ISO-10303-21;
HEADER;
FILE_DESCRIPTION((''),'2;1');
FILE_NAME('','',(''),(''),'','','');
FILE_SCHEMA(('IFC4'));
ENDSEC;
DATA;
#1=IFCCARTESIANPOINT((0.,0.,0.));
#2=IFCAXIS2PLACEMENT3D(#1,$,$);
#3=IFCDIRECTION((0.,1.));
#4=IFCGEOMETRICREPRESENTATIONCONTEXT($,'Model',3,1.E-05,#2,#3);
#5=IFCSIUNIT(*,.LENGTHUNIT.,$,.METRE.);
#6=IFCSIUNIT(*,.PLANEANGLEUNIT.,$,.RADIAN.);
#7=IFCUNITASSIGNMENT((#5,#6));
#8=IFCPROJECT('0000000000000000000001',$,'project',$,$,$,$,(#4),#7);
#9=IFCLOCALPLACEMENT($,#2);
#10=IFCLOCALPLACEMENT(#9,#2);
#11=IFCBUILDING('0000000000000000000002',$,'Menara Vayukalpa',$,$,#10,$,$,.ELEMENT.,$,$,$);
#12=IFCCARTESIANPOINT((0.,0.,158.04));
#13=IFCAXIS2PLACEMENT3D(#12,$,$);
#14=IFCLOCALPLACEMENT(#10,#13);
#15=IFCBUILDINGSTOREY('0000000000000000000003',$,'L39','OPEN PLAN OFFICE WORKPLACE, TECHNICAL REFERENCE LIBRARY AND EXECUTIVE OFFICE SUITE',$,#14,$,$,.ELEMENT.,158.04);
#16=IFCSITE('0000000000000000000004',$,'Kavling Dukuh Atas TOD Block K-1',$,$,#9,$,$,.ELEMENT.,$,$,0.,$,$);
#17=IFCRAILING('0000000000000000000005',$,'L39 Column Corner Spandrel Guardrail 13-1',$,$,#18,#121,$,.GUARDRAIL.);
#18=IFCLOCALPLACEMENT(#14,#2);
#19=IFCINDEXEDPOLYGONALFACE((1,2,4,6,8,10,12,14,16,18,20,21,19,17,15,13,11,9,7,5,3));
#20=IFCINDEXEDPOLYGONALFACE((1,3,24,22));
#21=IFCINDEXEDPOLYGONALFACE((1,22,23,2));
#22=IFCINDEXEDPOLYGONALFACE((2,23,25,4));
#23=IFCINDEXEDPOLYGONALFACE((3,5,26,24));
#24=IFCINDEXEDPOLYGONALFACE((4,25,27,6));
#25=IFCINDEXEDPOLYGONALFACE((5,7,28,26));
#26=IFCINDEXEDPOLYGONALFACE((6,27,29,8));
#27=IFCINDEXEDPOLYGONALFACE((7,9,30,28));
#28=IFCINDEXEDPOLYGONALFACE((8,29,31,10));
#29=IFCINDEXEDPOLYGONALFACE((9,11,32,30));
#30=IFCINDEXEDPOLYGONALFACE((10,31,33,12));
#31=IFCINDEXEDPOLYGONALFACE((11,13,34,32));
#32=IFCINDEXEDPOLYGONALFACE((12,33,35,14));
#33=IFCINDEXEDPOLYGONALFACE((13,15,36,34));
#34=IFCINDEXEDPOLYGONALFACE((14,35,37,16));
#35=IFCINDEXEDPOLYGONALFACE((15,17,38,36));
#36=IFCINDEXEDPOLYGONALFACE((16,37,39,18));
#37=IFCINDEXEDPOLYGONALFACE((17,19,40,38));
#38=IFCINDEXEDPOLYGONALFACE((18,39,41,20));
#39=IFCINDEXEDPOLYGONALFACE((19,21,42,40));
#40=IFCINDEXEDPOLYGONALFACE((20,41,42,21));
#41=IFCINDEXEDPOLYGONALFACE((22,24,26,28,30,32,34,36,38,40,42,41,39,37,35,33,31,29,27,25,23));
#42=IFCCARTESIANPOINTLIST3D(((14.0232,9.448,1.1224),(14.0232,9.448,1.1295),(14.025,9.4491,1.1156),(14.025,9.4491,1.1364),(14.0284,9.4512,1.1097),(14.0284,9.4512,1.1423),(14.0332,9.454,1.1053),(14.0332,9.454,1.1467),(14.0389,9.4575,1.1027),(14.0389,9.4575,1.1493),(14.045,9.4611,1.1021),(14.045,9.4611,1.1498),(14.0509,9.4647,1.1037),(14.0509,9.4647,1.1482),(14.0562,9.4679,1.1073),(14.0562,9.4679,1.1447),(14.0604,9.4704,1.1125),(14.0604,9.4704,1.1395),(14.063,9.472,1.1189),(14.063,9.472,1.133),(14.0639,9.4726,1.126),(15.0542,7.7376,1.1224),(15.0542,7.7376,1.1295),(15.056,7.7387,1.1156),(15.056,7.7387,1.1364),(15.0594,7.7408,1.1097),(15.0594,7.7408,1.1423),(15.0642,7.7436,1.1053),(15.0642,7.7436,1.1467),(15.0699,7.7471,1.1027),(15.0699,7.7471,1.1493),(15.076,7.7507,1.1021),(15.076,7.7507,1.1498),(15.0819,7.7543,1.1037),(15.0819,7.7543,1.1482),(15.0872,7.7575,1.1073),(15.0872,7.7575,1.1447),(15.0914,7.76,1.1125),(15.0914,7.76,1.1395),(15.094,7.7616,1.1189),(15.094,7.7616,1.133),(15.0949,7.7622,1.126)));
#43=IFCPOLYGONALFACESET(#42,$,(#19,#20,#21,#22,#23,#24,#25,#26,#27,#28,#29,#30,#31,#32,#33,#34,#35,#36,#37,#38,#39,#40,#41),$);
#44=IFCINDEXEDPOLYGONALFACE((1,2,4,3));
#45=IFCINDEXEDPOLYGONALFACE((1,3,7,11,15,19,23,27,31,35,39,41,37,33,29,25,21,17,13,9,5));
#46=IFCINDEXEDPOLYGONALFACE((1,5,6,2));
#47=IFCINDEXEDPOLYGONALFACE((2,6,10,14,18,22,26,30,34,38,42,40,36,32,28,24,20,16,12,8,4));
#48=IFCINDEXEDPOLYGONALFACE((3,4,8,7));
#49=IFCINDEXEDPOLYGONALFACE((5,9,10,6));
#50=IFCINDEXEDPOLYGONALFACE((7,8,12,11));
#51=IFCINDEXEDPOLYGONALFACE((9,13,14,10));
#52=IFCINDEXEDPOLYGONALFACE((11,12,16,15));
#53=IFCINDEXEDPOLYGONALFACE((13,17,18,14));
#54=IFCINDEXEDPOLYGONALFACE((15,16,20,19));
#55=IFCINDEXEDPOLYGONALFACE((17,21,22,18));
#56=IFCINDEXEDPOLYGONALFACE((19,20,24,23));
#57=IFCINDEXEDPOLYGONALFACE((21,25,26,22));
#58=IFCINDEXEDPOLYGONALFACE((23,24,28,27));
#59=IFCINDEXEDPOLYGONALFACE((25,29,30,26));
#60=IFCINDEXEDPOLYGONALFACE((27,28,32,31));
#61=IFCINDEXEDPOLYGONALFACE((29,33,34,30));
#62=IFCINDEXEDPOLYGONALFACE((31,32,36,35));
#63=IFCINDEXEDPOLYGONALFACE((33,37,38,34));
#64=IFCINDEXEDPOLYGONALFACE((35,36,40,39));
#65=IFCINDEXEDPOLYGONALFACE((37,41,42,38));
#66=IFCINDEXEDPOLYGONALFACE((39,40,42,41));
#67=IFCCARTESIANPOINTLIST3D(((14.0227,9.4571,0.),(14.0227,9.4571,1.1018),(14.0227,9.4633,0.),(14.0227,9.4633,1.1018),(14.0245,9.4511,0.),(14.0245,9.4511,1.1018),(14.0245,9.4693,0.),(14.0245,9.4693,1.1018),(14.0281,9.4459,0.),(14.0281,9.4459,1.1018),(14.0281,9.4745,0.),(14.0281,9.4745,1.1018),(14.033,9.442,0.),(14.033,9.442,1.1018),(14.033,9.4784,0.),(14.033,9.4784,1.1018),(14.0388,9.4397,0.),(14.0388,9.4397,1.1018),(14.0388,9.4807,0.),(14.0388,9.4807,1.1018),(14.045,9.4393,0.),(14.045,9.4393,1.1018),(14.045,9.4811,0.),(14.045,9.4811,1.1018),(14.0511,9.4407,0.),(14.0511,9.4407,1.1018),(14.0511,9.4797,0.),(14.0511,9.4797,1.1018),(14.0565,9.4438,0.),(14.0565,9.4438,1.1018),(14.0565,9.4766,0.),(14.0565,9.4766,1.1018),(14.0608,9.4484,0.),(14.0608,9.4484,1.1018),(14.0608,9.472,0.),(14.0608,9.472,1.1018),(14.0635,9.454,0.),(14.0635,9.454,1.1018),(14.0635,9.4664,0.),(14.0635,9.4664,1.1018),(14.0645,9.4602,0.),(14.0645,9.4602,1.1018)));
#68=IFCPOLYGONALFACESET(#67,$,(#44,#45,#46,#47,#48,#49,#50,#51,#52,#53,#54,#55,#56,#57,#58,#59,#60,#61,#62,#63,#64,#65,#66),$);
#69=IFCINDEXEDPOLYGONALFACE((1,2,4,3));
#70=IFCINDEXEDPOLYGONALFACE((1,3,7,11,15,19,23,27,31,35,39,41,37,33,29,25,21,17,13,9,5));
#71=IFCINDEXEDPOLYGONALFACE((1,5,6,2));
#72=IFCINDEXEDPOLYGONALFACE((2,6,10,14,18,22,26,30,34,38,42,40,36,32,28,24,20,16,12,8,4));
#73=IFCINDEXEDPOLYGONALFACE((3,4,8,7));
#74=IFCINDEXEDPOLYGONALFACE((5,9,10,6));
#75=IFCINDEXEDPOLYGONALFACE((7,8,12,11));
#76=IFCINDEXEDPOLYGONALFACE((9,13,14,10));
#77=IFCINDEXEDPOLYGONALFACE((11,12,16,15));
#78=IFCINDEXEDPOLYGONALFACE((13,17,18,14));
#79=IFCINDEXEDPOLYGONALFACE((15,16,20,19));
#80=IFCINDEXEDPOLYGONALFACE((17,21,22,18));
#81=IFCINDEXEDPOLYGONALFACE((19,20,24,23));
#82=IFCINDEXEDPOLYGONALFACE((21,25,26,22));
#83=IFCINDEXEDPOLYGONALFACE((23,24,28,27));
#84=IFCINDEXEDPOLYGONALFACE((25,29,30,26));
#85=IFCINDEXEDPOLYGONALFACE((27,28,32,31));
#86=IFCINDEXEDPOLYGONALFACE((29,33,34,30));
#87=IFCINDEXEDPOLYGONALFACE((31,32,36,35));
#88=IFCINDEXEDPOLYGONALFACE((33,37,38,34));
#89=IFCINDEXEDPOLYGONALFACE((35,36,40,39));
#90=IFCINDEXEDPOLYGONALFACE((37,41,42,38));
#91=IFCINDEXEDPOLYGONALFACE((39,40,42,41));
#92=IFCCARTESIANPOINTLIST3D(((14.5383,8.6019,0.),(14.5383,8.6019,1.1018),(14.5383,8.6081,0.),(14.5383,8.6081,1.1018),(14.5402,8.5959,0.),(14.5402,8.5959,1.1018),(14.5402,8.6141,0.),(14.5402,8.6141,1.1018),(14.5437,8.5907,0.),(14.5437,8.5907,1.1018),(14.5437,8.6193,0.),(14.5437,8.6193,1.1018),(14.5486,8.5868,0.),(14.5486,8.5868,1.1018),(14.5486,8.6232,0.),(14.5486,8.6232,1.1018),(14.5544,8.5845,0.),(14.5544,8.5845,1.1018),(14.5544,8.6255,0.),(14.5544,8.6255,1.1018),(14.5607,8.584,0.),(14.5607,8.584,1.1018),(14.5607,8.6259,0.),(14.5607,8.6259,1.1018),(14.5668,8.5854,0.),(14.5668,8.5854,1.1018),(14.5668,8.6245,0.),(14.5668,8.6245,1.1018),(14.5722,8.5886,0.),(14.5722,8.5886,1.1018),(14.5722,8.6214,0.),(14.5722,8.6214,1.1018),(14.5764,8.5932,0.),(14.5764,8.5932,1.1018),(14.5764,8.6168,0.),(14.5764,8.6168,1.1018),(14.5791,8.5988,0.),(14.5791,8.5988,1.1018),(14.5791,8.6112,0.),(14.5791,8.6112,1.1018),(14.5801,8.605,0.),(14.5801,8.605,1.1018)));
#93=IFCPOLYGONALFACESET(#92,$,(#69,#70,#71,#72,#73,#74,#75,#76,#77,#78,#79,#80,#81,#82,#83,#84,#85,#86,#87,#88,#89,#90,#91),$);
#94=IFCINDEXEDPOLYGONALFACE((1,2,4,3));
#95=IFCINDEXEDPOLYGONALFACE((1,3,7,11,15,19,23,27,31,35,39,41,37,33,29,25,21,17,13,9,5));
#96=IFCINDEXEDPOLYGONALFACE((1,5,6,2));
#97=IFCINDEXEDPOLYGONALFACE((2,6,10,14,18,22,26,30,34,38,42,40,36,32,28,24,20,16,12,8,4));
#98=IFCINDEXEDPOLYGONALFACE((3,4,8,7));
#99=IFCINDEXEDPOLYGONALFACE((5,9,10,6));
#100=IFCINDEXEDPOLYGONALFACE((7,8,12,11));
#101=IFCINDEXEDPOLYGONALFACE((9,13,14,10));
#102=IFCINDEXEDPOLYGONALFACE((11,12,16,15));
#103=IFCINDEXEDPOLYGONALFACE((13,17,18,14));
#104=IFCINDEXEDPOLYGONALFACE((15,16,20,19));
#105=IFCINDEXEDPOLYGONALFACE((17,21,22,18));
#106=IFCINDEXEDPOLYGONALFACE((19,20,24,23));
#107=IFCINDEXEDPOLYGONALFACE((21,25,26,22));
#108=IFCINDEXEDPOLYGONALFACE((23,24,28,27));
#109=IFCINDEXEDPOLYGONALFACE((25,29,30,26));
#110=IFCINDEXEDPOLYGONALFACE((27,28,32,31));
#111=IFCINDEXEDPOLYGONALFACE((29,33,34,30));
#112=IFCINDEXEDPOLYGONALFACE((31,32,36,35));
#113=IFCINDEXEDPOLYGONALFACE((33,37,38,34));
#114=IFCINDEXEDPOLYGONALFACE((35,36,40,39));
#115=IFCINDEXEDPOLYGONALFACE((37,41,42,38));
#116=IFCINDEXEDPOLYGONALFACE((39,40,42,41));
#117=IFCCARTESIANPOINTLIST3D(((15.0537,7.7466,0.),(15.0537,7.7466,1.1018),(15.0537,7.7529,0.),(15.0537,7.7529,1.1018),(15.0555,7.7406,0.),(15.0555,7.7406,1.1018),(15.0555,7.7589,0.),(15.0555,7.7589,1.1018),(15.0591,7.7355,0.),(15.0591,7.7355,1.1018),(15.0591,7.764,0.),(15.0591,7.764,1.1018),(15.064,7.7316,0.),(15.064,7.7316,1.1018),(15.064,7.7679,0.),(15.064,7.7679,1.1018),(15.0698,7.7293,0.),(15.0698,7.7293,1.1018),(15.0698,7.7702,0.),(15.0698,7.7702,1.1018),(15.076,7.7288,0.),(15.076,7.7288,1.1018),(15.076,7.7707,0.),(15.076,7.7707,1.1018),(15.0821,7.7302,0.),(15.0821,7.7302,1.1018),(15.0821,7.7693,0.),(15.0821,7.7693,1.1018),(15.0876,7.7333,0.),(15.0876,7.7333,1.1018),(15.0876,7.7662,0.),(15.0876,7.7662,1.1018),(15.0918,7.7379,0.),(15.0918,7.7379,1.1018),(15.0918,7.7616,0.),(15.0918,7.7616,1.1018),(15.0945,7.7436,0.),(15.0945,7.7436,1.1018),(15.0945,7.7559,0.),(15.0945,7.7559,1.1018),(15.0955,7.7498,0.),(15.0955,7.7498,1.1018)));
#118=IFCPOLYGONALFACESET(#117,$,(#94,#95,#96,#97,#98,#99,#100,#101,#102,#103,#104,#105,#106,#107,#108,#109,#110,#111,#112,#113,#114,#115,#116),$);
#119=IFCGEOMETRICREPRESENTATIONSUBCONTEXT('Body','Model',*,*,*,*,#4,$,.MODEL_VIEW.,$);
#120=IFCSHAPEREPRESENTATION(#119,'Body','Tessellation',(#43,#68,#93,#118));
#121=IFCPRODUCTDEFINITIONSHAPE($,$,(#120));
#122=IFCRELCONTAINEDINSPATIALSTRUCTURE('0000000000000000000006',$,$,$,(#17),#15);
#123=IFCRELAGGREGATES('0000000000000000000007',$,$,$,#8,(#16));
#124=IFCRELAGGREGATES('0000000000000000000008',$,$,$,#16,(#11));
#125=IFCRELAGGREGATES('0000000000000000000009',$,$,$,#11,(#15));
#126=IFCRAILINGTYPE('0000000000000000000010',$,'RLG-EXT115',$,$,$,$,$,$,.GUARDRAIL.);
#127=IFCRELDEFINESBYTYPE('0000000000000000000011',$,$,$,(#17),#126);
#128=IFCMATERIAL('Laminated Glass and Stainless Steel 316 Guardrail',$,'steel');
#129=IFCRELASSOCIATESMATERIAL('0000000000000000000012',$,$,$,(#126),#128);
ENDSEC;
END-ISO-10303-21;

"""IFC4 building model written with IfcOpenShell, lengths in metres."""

from ifc_helpers import new_model, si_unit, direction, frame, origin, origin_2d, place, context, subcontext, project, spatial, circle, extrude, material, type_object, element, save


model = new_model("IFC4")

# Units and contexts
model_context = context("Model", 3, precision=1e-05, world=origin(), true_north=direction((0.0, 1.0)))
body_context = subcontext(model_context, "Body", "Model", "MODEL_VIEW")
ifc_project = project(units=[si_unit("LENGTHUNIT", "METRE"), si_unit("PLANEANGLEUNIT", "RADIAN")], contexts=[model_context])

# Site, building, storey
site_placement = place(None, origin())
site = spatial("IfcSite", under=ifc_project, at=site_placement, Name="Kavling Dukuh Atas TOD Block K-1", CompositionType="ELEMENT", RefElevation=0.0)
building_placement = place(site_placement, origin())
building = spatial("IfcBuilding", under=site, at=building_placement, Name="Menara Vayukalpa", CompositionType="ELEMENT")
storey_placement = place(building_placement, frame((0.0, 0.0, 158.04)))
storey = spatial("IfcBuildingStorey", under=building, at=storey_placement, Name="L39", Description="OPEN PLAN OFFICE WORKPLACE, TECHNICAL REFERENCE LIBRARY AND EXECUTIVE OFFICE SUITE", CompositionType="ELEMENT", Elevation=158.04)

# Railing
ifc_material_1 = material(Name="Laminated Glass and Stainless Steel 316 Guardrail", Category="steel")
railing_type = type_object("IfcRailingType", Name="RLG-EXT115", PredefinedType="GUARDRAIL", material=ifc_material_1)
railing_1_placement = place(storey_placement, frame((14.0435, 9.4602, 0.0)))
element("IfcRailing", 1, at=railing_1_placement, inside=storey, type_object=railing_type, Name="L39 Column Corner Spandrel Guardrail 13-1", PredefinedType="GUARDRAIL", context=body_context, shape_type="SweptSolid", body=[
    extrude(circle(Radius=0.0239, at=origin_2d()), frame((0.0, 0.0, 1.126), z_axis=(0.516238, -0.856445, 0.0), x_axis=(0.856445, 0.516238, 0.0)), (0.0, 0.0, 1.0), 1.9971),
    extrude(circle(Radius=0.021, at=origin_2d()), origin(), (0.0, 0.0, 1.0), 1.1018),
    extrude(circle(Radius=0.021, at=origin_2d()), frame((0.5156, -0.8552, 0.0)), (0.0, 0.0, 1.0), 1.1018),
    extrude(circle(Radius=0.021, at=origin_2d()), frame((1.031, -1.7104, 0.0)), (0.0, 0.0, 1.0), 1.1018),
])

save(model, "model.ifc")
